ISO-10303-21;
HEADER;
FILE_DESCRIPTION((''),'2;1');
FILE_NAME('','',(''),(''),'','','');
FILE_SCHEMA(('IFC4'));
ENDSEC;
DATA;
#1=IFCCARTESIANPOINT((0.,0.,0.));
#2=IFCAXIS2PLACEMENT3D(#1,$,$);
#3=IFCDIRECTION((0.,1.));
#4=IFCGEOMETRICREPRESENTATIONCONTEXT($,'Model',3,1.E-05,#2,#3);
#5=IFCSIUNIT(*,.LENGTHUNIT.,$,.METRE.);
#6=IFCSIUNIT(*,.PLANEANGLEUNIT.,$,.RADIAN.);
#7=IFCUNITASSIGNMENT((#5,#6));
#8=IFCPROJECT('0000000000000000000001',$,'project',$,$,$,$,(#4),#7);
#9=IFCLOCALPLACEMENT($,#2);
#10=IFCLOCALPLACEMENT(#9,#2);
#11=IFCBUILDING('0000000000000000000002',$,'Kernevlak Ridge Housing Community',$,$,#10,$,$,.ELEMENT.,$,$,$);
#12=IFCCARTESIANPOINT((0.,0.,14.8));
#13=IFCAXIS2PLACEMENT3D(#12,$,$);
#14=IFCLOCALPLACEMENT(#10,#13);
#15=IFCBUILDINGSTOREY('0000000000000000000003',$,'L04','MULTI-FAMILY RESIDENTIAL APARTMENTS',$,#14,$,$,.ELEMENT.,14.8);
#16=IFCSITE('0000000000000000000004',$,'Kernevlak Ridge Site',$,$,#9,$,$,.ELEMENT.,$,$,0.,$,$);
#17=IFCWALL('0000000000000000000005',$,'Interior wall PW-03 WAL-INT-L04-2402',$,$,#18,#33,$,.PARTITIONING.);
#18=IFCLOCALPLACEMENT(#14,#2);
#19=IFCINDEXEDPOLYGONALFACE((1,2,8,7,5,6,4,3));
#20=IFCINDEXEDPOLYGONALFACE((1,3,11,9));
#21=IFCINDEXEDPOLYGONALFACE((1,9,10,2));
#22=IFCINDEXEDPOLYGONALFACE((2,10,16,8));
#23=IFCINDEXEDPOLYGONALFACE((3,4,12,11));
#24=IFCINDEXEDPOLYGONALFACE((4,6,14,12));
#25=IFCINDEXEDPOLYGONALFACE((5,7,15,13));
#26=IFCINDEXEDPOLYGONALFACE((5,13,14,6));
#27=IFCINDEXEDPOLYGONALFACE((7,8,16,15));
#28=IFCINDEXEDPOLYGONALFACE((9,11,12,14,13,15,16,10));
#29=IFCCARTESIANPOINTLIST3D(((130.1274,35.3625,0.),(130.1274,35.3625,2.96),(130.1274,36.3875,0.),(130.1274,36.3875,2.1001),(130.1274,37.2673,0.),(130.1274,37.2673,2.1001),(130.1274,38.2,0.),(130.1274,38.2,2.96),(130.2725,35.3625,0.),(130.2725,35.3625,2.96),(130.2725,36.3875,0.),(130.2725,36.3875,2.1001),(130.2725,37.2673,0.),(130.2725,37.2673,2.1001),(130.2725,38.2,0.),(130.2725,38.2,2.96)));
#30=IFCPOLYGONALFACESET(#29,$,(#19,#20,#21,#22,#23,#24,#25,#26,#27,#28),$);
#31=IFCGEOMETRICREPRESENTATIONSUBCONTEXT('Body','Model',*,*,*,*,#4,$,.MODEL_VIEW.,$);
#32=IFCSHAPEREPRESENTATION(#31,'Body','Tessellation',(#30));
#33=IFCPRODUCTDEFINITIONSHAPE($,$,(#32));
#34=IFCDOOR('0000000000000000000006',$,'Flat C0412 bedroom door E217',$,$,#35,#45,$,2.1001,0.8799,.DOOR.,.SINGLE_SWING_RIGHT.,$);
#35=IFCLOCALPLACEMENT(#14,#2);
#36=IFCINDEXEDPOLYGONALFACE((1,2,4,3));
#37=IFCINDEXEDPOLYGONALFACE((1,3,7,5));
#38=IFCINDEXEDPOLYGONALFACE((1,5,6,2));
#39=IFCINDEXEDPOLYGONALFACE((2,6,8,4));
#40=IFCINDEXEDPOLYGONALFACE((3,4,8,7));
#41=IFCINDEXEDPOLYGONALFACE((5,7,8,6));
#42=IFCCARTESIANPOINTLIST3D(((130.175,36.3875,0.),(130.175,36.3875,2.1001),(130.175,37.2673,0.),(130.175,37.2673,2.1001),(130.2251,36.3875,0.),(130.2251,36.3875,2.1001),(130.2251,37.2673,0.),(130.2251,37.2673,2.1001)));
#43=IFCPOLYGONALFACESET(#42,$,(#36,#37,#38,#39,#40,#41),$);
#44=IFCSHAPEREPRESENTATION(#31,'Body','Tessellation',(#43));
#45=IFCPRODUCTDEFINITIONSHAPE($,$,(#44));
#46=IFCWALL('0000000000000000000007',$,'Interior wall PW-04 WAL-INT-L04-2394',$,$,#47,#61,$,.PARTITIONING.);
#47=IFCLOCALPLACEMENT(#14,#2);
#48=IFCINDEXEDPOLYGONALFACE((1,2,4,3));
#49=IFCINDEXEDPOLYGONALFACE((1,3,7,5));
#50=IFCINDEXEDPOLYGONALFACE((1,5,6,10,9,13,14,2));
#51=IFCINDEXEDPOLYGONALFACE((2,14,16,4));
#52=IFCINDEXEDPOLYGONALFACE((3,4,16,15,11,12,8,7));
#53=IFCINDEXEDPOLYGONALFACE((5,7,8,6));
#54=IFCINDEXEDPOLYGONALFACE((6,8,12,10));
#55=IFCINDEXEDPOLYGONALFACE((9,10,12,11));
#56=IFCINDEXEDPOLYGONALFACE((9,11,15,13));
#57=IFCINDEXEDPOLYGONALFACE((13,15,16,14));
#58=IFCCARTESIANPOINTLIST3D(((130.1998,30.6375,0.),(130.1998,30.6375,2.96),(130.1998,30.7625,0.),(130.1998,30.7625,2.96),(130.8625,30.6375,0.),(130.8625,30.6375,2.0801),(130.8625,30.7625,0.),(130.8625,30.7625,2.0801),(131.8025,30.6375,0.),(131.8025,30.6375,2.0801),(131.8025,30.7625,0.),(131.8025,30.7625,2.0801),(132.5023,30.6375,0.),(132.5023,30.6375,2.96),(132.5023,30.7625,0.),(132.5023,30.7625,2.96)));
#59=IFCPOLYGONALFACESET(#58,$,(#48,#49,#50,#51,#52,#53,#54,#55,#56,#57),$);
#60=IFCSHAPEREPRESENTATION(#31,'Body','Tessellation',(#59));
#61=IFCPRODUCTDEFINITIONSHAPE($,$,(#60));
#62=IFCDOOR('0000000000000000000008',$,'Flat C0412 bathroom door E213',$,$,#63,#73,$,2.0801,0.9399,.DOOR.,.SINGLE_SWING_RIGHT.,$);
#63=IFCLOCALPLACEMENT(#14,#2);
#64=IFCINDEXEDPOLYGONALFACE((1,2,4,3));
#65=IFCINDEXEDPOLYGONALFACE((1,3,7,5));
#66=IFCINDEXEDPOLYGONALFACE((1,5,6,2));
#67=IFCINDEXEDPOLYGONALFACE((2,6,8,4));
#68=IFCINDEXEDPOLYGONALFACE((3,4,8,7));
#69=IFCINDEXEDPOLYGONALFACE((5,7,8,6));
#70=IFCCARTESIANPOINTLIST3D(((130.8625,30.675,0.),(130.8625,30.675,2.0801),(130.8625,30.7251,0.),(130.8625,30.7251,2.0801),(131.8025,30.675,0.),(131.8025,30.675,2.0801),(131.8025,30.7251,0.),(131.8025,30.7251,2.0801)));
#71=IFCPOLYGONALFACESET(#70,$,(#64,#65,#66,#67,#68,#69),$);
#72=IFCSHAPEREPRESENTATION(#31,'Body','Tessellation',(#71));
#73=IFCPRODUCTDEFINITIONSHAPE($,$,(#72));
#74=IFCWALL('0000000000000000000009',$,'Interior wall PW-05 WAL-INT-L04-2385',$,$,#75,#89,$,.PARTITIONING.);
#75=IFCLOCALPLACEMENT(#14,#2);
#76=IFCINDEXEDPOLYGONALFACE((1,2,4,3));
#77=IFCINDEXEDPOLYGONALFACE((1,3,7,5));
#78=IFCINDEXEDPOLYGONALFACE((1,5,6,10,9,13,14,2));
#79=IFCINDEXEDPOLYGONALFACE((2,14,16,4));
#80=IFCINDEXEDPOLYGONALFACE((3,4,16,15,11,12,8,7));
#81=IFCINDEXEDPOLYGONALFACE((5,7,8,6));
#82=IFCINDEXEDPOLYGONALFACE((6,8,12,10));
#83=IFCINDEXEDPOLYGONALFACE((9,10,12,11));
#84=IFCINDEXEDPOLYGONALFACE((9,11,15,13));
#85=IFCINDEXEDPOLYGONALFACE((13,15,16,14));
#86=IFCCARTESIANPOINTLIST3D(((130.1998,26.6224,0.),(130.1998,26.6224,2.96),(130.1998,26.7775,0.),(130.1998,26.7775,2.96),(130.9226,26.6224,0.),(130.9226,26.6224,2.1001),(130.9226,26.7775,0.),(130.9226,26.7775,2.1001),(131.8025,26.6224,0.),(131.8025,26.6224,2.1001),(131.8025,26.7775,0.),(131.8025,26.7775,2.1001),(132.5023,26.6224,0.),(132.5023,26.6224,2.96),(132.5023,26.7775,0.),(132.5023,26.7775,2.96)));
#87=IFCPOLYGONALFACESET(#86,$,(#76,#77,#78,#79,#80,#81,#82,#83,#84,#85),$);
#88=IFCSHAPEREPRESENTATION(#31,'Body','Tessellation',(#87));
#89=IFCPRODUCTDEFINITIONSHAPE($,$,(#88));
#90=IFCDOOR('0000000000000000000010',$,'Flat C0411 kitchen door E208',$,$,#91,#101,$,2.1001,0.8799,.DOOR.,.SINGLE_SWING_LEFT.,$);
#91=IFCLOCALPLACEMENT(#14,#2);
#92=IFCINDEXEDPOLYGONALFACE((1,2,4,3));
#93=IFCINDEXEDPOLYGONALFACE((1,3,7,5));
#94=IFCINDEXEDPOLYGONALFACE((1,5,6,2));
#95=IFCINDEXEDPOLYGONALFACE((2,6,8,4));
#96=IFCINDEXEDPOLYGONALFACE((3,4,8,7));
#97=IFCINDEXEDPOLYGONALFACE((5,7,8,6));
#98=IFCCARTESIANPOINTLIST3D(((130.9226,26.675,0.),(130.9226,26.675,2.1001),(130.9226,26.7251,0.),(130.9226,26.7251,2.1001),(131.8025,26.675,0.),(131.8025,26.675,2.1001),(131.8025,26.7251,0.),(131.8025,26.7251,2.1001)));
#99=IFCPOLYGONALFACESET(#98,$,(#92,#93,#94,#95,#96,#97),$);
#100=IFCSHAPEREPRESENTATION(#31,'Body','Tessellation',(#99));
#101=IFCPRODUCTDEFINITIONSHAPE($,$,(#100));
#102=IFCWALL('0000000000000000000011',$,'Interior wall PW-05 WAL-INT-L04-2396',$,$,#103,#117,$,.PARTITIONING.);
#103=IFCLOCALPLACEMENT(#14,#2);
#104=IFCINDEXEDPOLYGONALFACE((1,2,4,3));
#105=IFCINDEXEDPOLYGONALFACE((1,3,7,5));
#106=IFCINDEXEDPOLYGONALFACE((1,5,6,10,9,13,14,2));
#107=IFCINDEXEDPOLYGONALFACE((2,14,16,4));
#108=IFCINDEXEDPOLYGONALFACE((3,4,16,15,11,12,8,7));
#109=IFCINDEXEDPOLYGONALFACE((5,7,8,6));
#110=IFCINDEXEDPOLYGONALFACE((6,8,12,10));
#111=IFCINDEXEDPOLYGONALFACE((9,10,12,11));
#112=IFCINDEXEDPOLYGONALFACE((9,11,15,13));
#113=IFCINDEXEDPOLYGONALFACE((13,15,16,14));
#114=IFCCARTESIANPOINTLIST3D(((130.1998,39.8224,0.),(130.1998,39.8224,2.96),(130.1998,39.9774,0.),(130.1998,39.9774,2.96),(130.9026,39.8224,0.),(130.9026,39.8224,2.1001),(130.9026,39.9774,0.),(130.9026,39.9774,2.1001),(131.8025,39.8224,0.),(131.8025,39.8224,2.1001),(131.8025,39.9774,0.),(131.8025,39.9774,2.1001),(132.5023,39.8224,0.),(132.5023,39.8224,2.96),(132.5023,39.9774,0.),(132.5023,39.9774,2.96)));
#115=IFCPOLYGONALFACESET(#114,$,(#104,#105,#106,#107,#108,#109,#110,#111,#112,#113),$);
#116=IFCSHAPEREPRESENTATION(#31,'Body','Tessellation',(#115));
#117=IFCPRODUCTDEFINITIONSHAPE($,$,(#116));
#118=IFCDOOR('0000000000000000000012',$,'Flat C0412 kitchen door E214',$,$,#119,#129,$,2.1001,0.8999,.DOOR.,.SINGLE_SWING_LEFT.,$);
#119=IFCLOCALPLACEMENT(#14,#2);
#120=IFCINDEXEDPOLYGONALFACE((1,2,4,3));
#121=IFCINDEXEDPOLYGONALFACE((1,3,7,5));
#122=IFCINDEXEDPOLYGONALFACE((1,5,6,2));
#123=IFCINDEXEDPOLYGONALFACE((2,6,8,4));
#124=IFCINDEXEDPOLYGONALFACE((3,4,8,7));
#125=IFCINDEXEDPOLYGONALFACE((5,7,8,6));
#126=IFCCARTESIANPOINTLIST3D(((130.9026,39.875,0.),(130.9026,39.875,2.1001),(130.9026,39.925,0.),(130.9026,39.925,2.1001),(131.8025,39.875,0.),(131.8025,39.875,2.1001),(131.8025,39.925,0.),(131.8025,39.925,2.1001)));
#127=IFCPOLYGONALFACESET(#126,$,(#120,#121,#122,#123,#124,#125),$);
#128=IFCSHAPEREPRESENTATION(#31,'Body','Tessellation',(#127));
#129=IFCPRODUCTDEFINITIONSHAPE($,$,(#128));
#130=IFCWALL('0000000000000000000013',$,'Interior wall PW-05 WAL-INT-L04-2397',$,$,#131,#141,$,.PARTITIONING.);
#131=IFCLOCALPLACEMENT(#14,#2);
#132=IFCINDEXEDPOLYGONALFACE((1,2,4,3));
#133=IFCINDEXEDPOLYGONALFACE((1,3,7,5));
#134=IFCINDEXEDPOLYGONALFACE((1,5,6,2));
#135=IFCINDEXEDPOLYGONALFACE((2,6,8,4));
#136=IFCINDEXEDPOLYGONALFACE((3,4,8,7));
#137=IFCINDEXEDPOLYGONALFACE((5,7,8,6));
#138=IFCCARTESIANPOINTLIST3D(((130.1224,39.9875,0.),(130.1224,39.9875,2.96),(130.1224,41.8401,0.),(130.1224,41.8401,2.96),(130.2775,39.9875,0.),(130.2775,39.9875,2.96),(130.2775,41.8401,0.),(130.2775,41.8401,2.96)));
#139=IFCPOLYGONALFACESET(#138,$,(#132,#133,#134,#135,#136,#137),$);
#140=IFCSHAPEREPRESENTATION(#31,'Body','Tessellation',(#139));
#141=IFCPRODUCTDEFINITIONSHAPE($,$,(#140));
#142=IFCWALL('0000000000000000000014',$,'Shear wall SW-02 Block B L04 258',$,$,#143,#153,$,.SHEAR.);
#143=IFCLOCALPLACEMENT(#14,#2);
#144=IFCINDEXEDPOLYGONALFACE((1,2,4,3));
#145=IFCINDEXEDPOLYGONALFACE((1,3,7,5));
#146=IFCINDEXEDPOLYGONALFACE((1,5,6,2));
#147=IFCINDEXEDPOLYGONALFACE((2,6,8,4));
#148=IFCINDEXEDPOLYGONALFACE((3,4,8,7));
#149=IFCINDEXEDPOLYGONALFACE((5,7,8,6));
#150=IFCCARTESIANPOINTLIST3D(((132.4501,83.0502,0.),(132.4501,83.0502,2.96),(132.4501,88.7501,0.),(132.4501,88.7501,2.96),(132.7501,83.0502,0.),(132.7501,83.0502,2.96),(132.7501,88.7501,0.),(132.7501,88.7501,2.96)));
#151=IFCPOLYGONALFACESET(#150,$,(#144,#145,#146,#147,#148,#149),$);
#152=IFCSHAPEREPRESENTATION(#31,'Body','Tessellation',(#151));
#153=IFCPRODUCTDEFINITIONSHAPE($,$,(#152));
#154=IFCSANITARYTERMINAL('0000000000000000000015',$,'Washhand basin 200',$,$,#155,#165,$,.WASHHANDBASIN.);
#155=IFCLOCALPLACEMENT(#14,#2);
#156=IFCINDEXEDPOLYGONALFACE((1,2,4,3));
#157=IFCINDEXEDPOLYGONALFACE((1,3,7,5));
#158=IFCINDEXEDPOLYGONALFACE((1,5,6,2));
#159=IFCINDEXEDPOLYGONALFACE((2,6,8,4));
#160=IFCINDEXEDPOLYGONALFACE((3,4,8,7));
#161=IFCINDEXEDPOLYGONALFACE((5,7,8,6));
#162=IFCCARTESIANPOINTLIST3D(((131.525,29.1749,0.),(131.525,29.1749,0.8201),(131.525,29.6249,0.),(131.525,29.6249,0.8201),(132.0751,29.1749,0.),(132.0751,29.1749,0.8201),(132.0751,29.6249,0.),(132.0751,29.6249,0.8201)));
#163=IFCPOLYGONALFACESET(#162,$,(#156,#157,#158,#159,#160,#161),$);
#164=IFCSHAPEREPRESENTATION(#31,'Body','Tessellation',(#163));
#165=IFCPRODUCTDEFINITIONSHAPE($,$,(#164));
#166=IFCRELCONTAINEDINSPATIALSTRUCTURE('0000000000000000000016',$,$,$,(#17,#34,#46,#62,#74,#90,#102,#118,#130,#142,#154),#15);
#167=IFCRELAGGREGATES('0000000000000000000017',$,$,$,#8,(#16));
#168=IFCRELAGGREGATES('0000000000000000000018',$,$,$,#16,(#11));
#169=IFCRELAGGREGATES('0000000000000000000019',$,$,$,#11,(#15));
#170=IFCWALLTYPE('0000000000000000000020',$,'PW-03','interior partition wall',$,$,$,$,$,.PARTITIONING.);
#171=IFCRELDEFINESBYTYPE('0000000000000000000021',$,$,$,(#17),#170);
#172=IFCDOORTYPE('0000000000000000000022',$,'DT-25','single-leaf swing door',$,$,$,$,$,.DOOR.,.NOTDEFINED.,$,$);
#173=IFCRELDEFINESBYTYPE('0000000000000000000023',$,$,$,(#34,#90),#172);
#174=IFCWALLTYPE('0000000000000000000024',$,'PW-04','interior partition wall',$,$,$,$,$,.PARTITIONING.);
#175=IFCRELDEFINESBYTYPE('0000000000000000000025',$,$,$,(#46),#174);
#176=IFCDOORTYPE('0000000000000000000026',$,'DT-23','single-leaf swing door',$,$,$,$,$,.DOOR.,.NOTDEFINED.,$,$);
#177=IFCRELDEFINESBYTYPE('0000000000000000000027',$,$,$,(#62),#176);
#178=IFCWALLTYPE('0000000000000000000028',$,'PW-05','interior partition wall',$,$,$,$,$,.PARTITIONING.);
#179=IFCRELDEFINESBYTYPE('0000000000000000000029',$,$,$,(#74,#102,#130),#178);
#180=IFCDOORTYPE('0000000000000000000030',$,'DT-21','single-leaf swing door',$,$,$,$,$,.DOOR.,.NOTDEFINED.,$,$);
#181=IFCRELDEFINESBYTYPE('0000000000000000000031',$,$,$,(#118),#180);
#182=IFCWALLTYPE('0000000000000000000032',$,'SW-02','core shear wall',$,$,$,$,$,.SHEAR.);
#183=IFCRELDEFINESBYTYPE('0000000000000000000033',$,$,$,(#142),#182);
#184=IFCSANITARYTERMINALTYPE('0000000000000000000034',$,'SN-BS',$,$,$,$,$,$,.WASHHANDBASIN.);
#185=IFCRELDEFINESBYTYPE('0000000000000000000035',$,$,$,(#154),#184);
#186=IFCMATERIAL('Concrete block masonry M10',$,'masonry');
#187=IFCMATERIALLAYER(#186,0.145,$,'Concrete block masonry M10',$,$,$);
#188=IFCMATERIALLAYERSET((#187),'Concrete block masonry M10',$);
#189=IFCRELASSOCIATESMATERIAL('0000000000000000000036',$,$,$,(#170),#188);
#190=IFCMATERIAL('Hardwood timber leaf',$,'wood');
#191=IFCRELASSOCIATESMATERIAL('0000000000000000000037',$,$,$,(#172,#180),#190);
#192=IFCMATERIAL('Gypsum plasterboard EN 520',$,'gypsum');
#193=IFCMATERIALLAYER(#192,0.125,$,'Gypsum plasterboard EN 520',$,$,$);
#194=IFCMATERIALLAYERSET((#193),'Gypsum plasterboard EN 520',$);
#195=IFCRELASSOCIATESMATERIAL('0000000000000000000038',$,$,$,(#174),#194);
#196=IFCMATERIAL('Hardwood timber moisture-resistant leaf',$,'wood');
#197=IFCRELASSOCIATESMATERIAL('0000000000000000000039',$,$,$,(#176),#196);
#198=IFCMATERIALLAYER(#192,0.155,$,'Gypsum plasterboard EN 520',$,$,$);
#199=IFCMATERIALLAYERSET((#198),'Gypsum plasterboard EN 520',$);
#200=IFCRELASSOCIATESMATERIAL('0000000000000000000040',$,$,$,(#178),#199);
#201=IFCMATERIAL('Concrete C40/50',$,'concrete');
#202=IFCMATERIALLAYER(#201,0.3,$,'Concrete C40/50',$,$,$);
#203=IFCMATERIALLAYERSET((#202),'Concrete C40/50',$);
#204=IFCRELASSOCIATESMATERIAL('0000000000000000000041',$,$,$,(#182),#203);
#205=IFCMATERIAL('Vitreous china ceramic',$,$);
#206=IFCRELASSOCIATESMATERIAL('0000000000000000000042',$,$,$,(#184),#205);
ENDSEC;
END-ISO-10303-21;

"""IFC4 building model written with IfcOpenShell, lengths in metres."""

from ifc_helpers import new_model, si_unit, direction, frame, frame_2d, origin, origin_2d, place, context, subcontext, project, spatial, rectangle, extrude, material, layer, layer_set, type_object, element, fill, save


model = new_model("IFC4")

# Units and contexts
model_context = context("Model", 3, precision=1e-05, world=origin(), true_north=direction((0.0, 1.0)))
body_context = subcontext(model_context, "Body", "Model", "MODEL_VIEW")
ifc_project = project(units=[si_unit("LENGTHUNIT", "METRE"), si_unit("PLANEANGLEUNIT", "RADIAN")], contexts=[model_context])

# Site, building, storey
site_placement = place(None, origin())
site = spatial("IfcSite", under=ifc_project, at=site_placement, Name="Kernevlak Ridge Site", CompositionType="ELEMENT", RefElevation=0.0)
building_placement = place(site_placement, origin())
building = spatial("IfcBuilding", under=site, at=building_placement, Name="Kernevlak Ridge Housing Community", CompositionType="ELEMENT")
storey_placement = place(building_placement, frame((0.0, 0.0, 14.8)))
storey = spatial("IfcBuildingStorey", under=building, at=storey_placement, Name="L04", Description="MULTI-FAMILY RESIDENTIAL APARTMENTS", CompositionType="ELEMENT", Elevation=14.8)

# Shared definitions
ifc_material_1 = material(Name="Concrete C40/50", Category="concrete")

# Shared definitions
ifc_material_2 = material(Name="Concrete block masonry M10", Category="masonry")

# Walls, openings, doors
ifc_layer_1 = layer(ifc_material_2, 0.145, Name="Concrete block masonry M10")
ifc_layer_set_1 = layer_set([ifc_layer_1], Name="Concrete block masonry M10")
wall_type_1 = type_object("IfcWallType", Name="PW-03", Description="interior partition wall", PredefinedType="PARTITIONING", material=ifc_layer_set_1)
wall_1_placement = place(storey_placement, frame((130.2, 35.3625, 0.0), z_axis=(0.0, 0.0, 1.0), x_axis=(0.0, 1.0, 0.0)))
wall_1 = element("IfcWall", 1, at=wall_1_placement, inside=storey, type_object=wall_type_1, Name="Interior wall PW-03 WAL-INT-L04-2402", PredefinedType="PARTITIONING", context=body_context, shape_type="SweptSolid", body=[
    extrude(rectangle(XDim=2.8374, YDim=0.145, at=frame_2d((1.4187, 0.0))), origin(), (0.0, 0.0, 1.0), 2.96),
])
opening_1_placement = place(wall_1_placement, frame((1.0249, 0.0, 0.0)))
opening_1 = element("IfcOpeningElement", 2, at=opening_1_placement, cuts=wall_1, PredefinedType="OPENING", context=body_context, shape_type="SweptSolid", body=[
    extrude(rectangle(XDim=0.8799, YDim=2.1001, at=frame_2d((0.4399, 1.05))), frame((0.0, 0.0825, 0.0), z_axis=(0.0, -1.0, 0.0), x_axis=(1.0, 0.0, 0.0)), (0.0, 0.0, 1.0), 0.165),
])
ifc_material_3 = material(Name="Hardwood timber leaf", Category="wood")
door_type_1 = type_object("IfcDoorType", Name="DT-25", Description="single-leaf swing door", OperationType="NOTDEFINED", PredefinedType="DOOR", material=ifc_material_3)
door_1_placement = place(opening_1_placement, origin())
door_1 = element("IfcDoor", 3, at=door_1_placement, inside=storey, type_object=door_type_1, Name="Flat C0412 bedroom door E217", OperationType="SINGLE_SWING_RIGHT", OverallHeight=2.1001, OverallWidth=0.8799, PredefinedType="DOOR", context=body_context, shape_type="SweptSolid", body=[
    extrude(rectangle(XDim=0.8799, YDim=2.1001, at=frame_2d((0.4399, 1.05))), frame((0.0, 0.0249, 0.0), z_axis=(0.0, -1.0, 0.0), x_axis=(1.0, 0.0, 0.0)), (0.0, 0.0, 1.0), 0.05),
])
fill(opening_1, door_1)
ifc_material_4 = material(Name="Gypsum plasterboard EN 520", Category="gypsum")
ifc_layer_2 = layer(ifc_material_4, 0.125, Name="Gypsum plasterboard EN 520")
ifc_layer_set_2 = layer_set([ifc_layer_2], Name="Gypsum plasterboard EN 520")
wall_type_2 = type_object("IfcWallType", Name="PW-04", Description="interior partition wall", PredefinedType="PARTITIONING", material=ifc_layer_set_2)
wall_2_placement = place(storey_placement, frame((132.5024, 30.7, 0.0), z_axis=(0.0, 0.0, 1.0), x_axis=(-1.0, 0.0, 0.0)))
wall_2 = element("IfcWall", 4, at=wall_2_placement, inside=storey, type_object=wall_type_2, Name="Interior wall PW-04 WAL-INT-L04-2394", PredefinedType="PARTITIONING", context=body_context, shape_type="SweptSolid", body=[
    extrude(rectangle(XDim=2.3025, YDim=0.125, at=frame_2d((1.1514, 0.0))), origin(), (0.0, 0.0, 1.0), 2.96),
])
opening_2_placement = place(wall_2_placement, frame((0.7, 0.0, 0.0)))
opening_2 = element("IfcOpeningElement", 5, at=opening_2_placement, cuts=wall_2, PredefinedType="OPENING", context=body_context, shape_type="SweptSolid", body=[
    extrude(rectangle(XDim=0.9399, YDim=2.0801, at=frame_2d((0.47, 1.04))), frame((0.0, 0.0725, 0.0), z_axis=(0.0, -1.0, 0.0), x_axis=(1.0, 0.0, 0.0)), (0.0, 0.0, 1.0), 0.145),
])
ifc_material_5 = material(Name="Hardwood timber moisture-resistant leaf", Category="wood")
door_type_2 = type_object("IfcDoorType", Name="DT-23", Description="single-leaf swing door", OperationType="NOTDEFINED", PredefinedType="DOOR", material=ifc_material_5)
door_2_placement = place(opening_2_placement, origin())
door_2 = element("IfcDoor", 6, at=door_2_placement, inside=storey, type_object=door_type_2, Name="Flat C0412 bathroom door E213", OperationType="SINGLE_SWING_RIGHT", OverallHeight=2.0801, OverallWidth=0.9399, PredefinedType="DOOR", context=body_context, shape_type="SweptSolid", body=[
    extrude(rectangle(XDim=0.9399, YDim=2.0801, at=frame_2d((0.47, 1.04))), frame((0.0, 0.0249, 0.0), z_axis=(0.0, -1.0, 0.0), x_axis=(1.0, 0.0, 0.0)), (0.0, 0.0, 1.0), 0.05),
])
fill(opening_2, door_2)
ifc_layer_3 = layer(ifc_material_4, 0.155, Name="Gypsum plasterboard EN 520")
ifc_layer_set_3 = layer_set([ifc_layer_3], Name="Gypsum plasterboard EN 520")
wall_type_3 = type_object("IfcWallType", Name="PW-05", Description="interior partition wall", PredefinedType="PARTITIONING", material=ifc_layer_set_3)
wall_3_placement = place(storey_placement, frame((132.5024, 26.7, 0.0), z_axis=(0.0, 0.0, 1.0), x_axis=(-1.0, 0.0, 0.0)))
wall_3 = element("IfcWall", 7, at=wall_3_placement, inside=storey, type_object=wall_type_3, Name="Interior wall PW-05 WAL-INT-L04-2385", PredefinedType="PARTITIONING", context=body_context, shape_type="SweptSolid", body=[
    extrude(rectangle(XDim=2.3025, YDim=0.155, at=frame_2d((1.1514, 0.0))), origin(), (0.0, 0.0, 1.0), 2.96),
])
opening_3_placement = place(wall_3_placement, frame((0.7, 0.0, 0.0)))
opening_3 = element("IfcOpeningElement", 8, at=opening_3_placement, cuts=wall_3, PredefinedType="OPENING", context=body_context, shape_type="SweptSolid", body=[
    extrude(rectangle(XDim=0.8799, YDim=2.1001, at=frame_2d((0.4399, 1.05))), frame((0.0, 0.0874, 0.0), z_axis=(0.0, -1.0, 0.0), x_axis=(1.0, 0.0, 0.0)), (0.0, 0.0, 1.0), 0.175),
])
door_3_placement = place(opening_3_placement, origin())
door_3 = element("IfcDoor", 9, at=door_3_placement, inside=storey, type_object=door_type_1, Name="Flat C0411 kitchen door E208", OperationType="SINGLE_SWING_LEFT", OverallHeight=2.1001, OverallWidth=0.8799, PredefinedType="DOOR", context=body_context, shape_type="SweptSolid", body=[
    extrude(rectangle(XDim=0.8799, YDim=2.1001, at=frame_2d((0.4399, 1.05))), frame((0.0, 0.0249, 0.0), z_axis=(0.0, -1.0, 0.0), x_axis=(1.0, 0.0, 0.0)), (0.0, 0.0, 1.0), 0.05),
])
fill(opening_3, door_3)
wall_4_placement = place(storey_placement, frame((132.5024, 39.8999, 0.0), z_axis=(0.0, 0.0, 1.0), x_axis=(-1.0, 0.0, 0.0)))
wall_4 = element("IfcWall", 10, at=wall_4_placement, inside=storey, type_object=wall_type_3, Name="Interior wall PW-05 WAL-INT-L04-2396", PredefinedType="PARTITIONING", context=body_context, shape_type="SweptSolid", body=[
    extrude(rectangle(XDim=2.3025, YDim=0.155, at=frame_2d((1.1514, 0.0))), origin(), (0.0, 0.0, 1.0), 2.96),
])
opening_4_placement = place(wall_4_placement, frame((0.7, 0.0, 0.0)))
opening_4 = element("IfcOpeningElement", 11, at=opening_4_placement, cuts=wall_4, PredefinedType="OPENING", context=body_context, shape_type="SweptSolid", body=[
    extrude(rectangle(XDim=0.8999, YDim=2.1001, at=frame_2d((0.45, 1.05))), frame((0.0, 0.0874, 0.0), z_axis=(0.0, -1.0, 0.0), x_axis=(1.0, 0.0, 0.0)), (0.0, 0.0, 1.0), 0.175),
])
door_type_3 = type_object("IfcDoorType", Name="DT-21", Description="single-leaf swing door", OperationType="NOTDEFINED", PredefinedType="DOOR", material=ifc_material_3)
door_4_placement = place(opening_4_placement, origin())
door_4 = element("IfcDoor", 12, at=door_4_placement, inside=storey, type_object=door_type_3, Name="Flat C0412 kitchen door E214", OperationType="SINGLE_SWING_LEFT", OverallHeight=2.1001, OverallWidth=0.8999, PredefinedType="DOOR", context=body_context, shape_type="SweptSolid", body=[
    extrude(rectangle(XDim=0.8999, YDim=2.1001, at=frame_2d((0.45, 1.05))), frame((0.0, 0.0249, 0.0), z_axis=(0.0, -1.0, 0.0), x_axis=(1.0, 0.0, 0.0)), (0.0, 0.0, 1.0), 0.05),
])
fill(opening_4, door_4)

# Walls
wall_5_placement = place(storey_placement, frame((130.2, 39.9875, 0.0), z_axis=(0.0, 0.0, 1.0), x_axis=(0.0, 1.0, 0.0)))
element("IfcWall", 13, at=wall_5_placement, inside=storey, type_object=wall_type_3, Name="Interior wall PW-05 WAL-INT-L04-2397", PredefinedType="PARTITIONING", context=body_context, shape_type="SweptSolid", body=[
    extrude(rectangle(XDim=1.8525, YDim=0.155, at=frame_2d((0.9263, 0.0))), origin(), (0.0, 0.0, 1.0), 2.96),
])
ifc_layer_4 = layer(ifc_material_1, 0.3, Name="Concrete C40/50")
ifc_layer_set_4 = layer_set([ifc_layer_4], Name="Concrete C40/50")
wall_type_4 = type_object("IfcWallType", Name="SW-02", Description="core shear wall", PredefinedType="SHEAR", material=ifc_layer_set_4)
wall_6_placement = place(storey_placement, frame((132.6001, 83.05, 0.0), z_axis=(0.0, 0.0, 1.0), x_axis=(0.0, 1.0, 0.0)))
element("IfcWall", 14, at=wall_6_placement, inside=storey, type_object=wall_type_4, Name="Shear wall SW-02 Block B L04 258", PredefinedType="SHEAR", context=body_context, shape_type="SweptSolid", body=[
    extrude(rectangle(XDim=5.7, YDim=0.3, at=frame_2d((2.8501, 0.0))), origin(), (0.0, 0.0, 1.0), 2.96),
])

# Sanitary terminal
ifc_material_6 = material(Name="Vitreous china ceramic")
sanitary_terminal_type_1 = type_object("IfcSanitaryTerminalType", Name="SN-BS", PredefinedType="WASHHANDBASIN", material=ifc_material_6)
sanitary_terminal_1_placement = place(storey_placement, frame((131.8, 29.3999, 0.0), z_axis=(0.0, 0.0, 1.0), x_axis=(1.0, 0.0, 0.0)))
element("IfcSanitaryTerminal", 15, at=sanitary_terminal_1_placement, inside=storey, type_object=sanitary_terminal_type_1, Name="Washhand basin 200", PredefinedType="WASHHANDBASIN", context=body_context, shape_type="SweptSolid", body=[
    extrude(rectangle(XDim=0.55, YDim=0.45, at=origin_2d()), origin(), (0.0, 0.0, 1.0), 0.8201),
])

save(model, "model.ifc")
